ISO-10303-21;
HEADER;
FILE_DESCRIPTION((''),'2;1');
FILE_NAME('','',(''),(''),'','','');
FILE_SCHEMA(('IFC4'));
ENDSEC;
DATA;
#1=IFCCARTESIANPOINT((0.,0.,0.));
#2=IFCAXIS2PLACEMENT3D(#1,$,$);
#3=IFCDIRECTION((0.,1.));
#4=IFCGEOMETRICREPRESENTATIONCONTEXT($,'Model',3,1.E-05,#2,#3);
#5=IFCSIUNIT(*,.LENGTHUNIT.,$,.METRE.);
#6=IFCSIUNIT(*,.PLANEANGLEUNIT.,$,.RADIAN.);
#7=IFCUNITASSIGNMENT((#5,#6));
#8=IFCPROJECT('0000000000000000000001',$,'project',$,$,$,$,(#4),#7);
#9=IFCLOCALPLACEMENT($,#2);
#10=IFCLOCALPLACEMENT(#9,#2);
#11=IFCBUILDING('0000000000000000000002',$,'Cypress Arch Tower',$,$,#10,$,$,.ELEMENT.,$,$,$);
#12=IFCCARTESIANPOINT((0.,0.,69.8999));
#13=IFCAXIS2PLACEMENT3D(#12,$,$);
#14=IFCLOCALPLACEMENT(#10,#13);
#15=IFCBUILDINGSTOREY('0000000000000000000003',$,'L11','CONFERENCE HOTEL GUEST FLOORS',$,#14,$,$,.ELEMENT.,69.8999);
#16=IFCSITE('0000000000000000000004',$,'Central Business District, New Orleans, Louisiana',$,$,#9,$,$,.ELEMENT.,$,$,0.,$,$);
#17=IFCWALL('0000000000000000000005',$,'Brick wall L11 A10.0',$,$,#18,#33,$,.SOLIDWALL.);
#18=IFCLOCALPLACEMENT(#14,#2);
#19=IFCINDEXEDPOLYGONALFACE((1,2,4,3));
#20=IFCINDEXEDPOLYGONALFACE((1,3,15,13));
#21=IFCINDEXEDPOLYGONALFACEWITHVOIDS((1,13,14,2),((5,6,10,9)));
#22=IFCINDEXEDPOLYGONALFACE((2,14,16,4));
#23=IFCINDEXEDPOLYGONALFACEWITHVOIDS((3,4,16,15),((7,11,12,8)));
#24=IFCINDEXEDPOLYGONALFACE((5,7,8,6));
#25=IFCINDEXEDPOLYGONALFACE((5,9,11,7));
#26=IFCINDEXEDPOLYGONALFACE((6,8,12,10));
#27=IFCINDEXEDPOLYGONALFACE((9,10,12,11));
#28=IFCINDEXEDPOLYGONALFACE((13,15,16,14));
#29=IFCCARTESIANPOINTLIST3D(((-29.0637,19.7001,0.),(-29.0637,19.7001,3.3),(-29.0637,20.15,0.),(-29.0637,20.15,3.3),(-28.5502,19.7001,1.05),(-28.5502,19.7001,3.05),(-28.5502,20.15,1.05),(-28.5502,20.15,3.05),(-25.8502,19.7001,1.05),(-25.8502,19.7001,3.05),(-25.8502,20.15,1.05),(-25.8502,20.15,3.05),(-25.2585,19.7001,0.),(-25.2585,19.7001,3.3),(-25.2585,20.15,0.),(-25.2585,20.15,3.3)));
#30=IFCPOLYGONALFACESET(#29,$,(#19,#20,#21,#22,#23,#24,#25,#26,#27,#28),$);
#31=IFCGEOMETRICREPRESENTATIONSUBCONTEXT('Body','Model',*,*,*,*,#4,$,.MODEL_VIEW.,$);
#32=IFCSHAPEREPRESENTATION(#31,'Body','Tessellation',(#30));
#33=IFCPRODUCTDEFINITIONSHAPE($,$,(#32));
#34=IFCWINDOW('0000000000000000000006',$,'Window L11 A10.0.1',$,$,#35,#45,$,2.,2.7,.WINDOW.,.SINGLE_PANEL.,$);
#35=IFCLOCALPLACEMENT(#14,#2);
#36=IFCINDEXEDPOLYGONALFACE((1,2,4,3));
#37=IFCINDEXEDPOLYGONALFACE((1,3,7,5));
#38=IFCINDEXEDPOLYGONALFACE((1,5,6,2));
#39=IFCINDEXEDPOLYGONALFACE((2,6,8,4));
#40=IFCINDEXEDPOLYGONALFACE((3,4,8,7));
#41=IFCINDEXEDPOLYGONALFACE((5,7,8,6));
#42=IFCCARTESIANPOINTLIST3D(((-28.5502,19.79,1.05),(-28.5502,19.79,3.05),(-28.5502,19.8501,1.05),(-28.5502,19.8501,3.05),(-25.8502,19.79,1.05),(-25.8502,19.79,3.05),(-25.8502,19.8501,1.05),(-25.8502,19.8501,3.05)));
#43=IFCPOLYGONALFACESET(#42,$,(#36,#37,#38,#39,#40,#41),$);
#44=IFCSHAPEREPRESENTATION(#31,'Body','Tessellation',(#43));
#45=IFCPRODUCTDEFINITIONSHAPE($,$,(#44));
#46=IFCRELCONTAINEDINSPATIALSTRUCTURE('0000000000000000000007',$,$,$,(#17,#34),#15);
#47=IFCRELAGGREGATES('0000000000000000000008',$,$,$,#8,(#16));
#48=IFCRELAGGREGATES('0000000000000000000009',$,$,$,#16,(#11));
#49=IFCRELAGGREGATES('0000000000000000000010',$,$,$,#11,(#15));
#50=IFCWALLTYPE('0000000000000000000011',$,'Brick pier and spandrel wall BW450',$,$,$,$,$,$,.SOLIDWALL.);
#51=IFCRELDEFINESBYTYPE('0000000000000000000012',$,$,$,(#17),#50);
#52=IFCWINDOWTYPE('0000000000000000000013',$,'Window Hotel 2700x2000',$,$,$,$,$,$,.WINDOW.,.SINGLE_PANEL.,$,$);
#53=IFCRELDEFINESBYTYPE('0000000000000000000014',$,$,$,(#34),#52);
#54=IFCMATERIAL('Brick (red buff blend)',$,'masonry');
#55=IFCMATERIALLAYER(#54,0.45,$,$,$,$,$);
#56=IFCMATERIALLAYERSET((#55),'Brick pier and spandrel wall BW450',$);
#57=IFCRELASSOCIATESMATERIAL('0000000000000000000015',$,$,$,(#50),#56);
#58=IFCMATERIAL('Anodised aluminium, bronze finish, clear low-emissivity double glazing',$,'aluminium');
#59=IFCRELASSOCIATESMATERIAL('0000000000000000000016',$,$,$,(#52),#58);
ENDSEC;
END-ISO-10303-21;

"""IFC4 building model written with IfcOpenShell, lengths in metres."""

from ifc_helpers import new_model, si_unit, direction, frame, frame_2d, origin, place, context, subcontext, project, spatial, rectangle, extrude, material, layer, layer_set, type_object, element, fill, save


model = new_model("IFC4")

# Units and contexts
model_context = context("Model", 3, precision=1e-05, world=origin(), true_north=direction((0.0, 1.0)))
body_context = subcontext(model_context, "Body", "Model", "MODEL_VIEW")
ifc_project = project(units=[si_unit("LENGTHUNIT", "METRE"), si_unit("PLANEANGLEUNIT", "RADIAN")], contexts=[model_context])

# Site, building, storey
site_placement = place(None, origin())
site = spatial("IfcSite", under=ifc_project, at=site_placement, Name="Central Business District, New Orleans, Louisiana", CompositionType="ELEMENT", RefElevation=0.0)
building_placement = place(site_placement, origin())
building = spatial("IfcBuilding", under=site, at=building_placement, Name="Cypress Arch Tower", CompositionType="ELEMENT")
storey_placement = place(building_placement, frame((0.0, 0.0, 69.8999)))
storey = spatial("IfcBuildingStorey", under=building, at=storey_placement, Name="L11", Description="CONFERENCE HOTEL GUEST FLOORS", CompositionType="ELEMENT", Elevation=69.8999)

# Shared definitions
ifc_material_1 = material(Name="Brick (red buff blend)", Category="masonry")
ifc_layer = layer(ifc_material_1, 0.45)
ifc_layer_set = layer_set([ifc_layer], Name="Brick pier and spandrel wall BW450")
wall_type = type_object("IfcWallType", Name="Brick pier and spandrel wall BW450", PredefinedType="SOLIDWALL", material=ifc_layer_set)

# Wall, opening, window
wall_1_placement = place(storey_placement, frame((-25.2585, 19.925, 0.0), z_axis=(0.0, 0.0, 1.0), x_axis=(-1.0, 0.0, 0.0)))
wall_1 = element("IfcWall", 1, at=wall_1_placement, inside=storey, type_object=wall_type, Name="Brick wall L11 A10.0", PredefinedType="SOLIDWALL", context=body_context, shape_type="SweptSolid", body=[
    extrude(rectangle(XDim=3.8052, YDim=0.45, at=frame_2d((1.9026, 0.0))), origin(), (0.0, 0.0, 1.0), 3.3),
])
opening_1_placement = place(wall_1_placement, frame((0.5916, 0.0, 1.05)))
opening_1 = element("IfcOpeningElement", 2, at=opening_1_placement, cuts=wall_1, PredefinedType="OPENING", context=body_context, shape_type="SweptSolid", body=[
    extrude(rectangle(XDim=2.7, YDim=2.0, at=frame_2d((1.3501, 1.0))), frame((0.0, 0.2349, 0.0), z_axis=(0.0, -1.0, 0.0), x_axis=(1.0, 0.0, 0.0)), (0.0, 0.0, 1.0), 0.47),
])
ifc_material_2 = material(Name="Anodised aluminium, bronze finish, clear low-emissivity double glazing", Category="aluminium")
window_type_1 = type_object("IfcWindowType", Name="Window Hotel 2700x2000", PartitioningType="SINGLE_PANEL", PredefinedType="WINDOW", material=ifc_material_2)
window_1_placement = place(opening_1_placement, origin())
window_1 = element("IfcWindow", 3, at=window_1_placement, inside=storey, type_object=window_type_1, Name="Window L11 A10.0.1", OverallHeight=2.0, OverallWidth=2.7, PartitioningType="SINGLE_PANEL", PredefinedType="WINDOW", context=body_context, shape_type="SweptSolid", body=[
    extrude(rectangle(XDim=2.7, YDim=2.0, at=frame_2d((1.3501, 1.0))), frame((0.0, 0.135, 0.0), z_axis=(0.0, -1.0, 0.0), x_axis=(1.0, 0.0, 0.0)), (0.0, 0.0, 1.0), 0.0601),
])
fill(opening_1, window_1)

save(model, "model.ifc")
